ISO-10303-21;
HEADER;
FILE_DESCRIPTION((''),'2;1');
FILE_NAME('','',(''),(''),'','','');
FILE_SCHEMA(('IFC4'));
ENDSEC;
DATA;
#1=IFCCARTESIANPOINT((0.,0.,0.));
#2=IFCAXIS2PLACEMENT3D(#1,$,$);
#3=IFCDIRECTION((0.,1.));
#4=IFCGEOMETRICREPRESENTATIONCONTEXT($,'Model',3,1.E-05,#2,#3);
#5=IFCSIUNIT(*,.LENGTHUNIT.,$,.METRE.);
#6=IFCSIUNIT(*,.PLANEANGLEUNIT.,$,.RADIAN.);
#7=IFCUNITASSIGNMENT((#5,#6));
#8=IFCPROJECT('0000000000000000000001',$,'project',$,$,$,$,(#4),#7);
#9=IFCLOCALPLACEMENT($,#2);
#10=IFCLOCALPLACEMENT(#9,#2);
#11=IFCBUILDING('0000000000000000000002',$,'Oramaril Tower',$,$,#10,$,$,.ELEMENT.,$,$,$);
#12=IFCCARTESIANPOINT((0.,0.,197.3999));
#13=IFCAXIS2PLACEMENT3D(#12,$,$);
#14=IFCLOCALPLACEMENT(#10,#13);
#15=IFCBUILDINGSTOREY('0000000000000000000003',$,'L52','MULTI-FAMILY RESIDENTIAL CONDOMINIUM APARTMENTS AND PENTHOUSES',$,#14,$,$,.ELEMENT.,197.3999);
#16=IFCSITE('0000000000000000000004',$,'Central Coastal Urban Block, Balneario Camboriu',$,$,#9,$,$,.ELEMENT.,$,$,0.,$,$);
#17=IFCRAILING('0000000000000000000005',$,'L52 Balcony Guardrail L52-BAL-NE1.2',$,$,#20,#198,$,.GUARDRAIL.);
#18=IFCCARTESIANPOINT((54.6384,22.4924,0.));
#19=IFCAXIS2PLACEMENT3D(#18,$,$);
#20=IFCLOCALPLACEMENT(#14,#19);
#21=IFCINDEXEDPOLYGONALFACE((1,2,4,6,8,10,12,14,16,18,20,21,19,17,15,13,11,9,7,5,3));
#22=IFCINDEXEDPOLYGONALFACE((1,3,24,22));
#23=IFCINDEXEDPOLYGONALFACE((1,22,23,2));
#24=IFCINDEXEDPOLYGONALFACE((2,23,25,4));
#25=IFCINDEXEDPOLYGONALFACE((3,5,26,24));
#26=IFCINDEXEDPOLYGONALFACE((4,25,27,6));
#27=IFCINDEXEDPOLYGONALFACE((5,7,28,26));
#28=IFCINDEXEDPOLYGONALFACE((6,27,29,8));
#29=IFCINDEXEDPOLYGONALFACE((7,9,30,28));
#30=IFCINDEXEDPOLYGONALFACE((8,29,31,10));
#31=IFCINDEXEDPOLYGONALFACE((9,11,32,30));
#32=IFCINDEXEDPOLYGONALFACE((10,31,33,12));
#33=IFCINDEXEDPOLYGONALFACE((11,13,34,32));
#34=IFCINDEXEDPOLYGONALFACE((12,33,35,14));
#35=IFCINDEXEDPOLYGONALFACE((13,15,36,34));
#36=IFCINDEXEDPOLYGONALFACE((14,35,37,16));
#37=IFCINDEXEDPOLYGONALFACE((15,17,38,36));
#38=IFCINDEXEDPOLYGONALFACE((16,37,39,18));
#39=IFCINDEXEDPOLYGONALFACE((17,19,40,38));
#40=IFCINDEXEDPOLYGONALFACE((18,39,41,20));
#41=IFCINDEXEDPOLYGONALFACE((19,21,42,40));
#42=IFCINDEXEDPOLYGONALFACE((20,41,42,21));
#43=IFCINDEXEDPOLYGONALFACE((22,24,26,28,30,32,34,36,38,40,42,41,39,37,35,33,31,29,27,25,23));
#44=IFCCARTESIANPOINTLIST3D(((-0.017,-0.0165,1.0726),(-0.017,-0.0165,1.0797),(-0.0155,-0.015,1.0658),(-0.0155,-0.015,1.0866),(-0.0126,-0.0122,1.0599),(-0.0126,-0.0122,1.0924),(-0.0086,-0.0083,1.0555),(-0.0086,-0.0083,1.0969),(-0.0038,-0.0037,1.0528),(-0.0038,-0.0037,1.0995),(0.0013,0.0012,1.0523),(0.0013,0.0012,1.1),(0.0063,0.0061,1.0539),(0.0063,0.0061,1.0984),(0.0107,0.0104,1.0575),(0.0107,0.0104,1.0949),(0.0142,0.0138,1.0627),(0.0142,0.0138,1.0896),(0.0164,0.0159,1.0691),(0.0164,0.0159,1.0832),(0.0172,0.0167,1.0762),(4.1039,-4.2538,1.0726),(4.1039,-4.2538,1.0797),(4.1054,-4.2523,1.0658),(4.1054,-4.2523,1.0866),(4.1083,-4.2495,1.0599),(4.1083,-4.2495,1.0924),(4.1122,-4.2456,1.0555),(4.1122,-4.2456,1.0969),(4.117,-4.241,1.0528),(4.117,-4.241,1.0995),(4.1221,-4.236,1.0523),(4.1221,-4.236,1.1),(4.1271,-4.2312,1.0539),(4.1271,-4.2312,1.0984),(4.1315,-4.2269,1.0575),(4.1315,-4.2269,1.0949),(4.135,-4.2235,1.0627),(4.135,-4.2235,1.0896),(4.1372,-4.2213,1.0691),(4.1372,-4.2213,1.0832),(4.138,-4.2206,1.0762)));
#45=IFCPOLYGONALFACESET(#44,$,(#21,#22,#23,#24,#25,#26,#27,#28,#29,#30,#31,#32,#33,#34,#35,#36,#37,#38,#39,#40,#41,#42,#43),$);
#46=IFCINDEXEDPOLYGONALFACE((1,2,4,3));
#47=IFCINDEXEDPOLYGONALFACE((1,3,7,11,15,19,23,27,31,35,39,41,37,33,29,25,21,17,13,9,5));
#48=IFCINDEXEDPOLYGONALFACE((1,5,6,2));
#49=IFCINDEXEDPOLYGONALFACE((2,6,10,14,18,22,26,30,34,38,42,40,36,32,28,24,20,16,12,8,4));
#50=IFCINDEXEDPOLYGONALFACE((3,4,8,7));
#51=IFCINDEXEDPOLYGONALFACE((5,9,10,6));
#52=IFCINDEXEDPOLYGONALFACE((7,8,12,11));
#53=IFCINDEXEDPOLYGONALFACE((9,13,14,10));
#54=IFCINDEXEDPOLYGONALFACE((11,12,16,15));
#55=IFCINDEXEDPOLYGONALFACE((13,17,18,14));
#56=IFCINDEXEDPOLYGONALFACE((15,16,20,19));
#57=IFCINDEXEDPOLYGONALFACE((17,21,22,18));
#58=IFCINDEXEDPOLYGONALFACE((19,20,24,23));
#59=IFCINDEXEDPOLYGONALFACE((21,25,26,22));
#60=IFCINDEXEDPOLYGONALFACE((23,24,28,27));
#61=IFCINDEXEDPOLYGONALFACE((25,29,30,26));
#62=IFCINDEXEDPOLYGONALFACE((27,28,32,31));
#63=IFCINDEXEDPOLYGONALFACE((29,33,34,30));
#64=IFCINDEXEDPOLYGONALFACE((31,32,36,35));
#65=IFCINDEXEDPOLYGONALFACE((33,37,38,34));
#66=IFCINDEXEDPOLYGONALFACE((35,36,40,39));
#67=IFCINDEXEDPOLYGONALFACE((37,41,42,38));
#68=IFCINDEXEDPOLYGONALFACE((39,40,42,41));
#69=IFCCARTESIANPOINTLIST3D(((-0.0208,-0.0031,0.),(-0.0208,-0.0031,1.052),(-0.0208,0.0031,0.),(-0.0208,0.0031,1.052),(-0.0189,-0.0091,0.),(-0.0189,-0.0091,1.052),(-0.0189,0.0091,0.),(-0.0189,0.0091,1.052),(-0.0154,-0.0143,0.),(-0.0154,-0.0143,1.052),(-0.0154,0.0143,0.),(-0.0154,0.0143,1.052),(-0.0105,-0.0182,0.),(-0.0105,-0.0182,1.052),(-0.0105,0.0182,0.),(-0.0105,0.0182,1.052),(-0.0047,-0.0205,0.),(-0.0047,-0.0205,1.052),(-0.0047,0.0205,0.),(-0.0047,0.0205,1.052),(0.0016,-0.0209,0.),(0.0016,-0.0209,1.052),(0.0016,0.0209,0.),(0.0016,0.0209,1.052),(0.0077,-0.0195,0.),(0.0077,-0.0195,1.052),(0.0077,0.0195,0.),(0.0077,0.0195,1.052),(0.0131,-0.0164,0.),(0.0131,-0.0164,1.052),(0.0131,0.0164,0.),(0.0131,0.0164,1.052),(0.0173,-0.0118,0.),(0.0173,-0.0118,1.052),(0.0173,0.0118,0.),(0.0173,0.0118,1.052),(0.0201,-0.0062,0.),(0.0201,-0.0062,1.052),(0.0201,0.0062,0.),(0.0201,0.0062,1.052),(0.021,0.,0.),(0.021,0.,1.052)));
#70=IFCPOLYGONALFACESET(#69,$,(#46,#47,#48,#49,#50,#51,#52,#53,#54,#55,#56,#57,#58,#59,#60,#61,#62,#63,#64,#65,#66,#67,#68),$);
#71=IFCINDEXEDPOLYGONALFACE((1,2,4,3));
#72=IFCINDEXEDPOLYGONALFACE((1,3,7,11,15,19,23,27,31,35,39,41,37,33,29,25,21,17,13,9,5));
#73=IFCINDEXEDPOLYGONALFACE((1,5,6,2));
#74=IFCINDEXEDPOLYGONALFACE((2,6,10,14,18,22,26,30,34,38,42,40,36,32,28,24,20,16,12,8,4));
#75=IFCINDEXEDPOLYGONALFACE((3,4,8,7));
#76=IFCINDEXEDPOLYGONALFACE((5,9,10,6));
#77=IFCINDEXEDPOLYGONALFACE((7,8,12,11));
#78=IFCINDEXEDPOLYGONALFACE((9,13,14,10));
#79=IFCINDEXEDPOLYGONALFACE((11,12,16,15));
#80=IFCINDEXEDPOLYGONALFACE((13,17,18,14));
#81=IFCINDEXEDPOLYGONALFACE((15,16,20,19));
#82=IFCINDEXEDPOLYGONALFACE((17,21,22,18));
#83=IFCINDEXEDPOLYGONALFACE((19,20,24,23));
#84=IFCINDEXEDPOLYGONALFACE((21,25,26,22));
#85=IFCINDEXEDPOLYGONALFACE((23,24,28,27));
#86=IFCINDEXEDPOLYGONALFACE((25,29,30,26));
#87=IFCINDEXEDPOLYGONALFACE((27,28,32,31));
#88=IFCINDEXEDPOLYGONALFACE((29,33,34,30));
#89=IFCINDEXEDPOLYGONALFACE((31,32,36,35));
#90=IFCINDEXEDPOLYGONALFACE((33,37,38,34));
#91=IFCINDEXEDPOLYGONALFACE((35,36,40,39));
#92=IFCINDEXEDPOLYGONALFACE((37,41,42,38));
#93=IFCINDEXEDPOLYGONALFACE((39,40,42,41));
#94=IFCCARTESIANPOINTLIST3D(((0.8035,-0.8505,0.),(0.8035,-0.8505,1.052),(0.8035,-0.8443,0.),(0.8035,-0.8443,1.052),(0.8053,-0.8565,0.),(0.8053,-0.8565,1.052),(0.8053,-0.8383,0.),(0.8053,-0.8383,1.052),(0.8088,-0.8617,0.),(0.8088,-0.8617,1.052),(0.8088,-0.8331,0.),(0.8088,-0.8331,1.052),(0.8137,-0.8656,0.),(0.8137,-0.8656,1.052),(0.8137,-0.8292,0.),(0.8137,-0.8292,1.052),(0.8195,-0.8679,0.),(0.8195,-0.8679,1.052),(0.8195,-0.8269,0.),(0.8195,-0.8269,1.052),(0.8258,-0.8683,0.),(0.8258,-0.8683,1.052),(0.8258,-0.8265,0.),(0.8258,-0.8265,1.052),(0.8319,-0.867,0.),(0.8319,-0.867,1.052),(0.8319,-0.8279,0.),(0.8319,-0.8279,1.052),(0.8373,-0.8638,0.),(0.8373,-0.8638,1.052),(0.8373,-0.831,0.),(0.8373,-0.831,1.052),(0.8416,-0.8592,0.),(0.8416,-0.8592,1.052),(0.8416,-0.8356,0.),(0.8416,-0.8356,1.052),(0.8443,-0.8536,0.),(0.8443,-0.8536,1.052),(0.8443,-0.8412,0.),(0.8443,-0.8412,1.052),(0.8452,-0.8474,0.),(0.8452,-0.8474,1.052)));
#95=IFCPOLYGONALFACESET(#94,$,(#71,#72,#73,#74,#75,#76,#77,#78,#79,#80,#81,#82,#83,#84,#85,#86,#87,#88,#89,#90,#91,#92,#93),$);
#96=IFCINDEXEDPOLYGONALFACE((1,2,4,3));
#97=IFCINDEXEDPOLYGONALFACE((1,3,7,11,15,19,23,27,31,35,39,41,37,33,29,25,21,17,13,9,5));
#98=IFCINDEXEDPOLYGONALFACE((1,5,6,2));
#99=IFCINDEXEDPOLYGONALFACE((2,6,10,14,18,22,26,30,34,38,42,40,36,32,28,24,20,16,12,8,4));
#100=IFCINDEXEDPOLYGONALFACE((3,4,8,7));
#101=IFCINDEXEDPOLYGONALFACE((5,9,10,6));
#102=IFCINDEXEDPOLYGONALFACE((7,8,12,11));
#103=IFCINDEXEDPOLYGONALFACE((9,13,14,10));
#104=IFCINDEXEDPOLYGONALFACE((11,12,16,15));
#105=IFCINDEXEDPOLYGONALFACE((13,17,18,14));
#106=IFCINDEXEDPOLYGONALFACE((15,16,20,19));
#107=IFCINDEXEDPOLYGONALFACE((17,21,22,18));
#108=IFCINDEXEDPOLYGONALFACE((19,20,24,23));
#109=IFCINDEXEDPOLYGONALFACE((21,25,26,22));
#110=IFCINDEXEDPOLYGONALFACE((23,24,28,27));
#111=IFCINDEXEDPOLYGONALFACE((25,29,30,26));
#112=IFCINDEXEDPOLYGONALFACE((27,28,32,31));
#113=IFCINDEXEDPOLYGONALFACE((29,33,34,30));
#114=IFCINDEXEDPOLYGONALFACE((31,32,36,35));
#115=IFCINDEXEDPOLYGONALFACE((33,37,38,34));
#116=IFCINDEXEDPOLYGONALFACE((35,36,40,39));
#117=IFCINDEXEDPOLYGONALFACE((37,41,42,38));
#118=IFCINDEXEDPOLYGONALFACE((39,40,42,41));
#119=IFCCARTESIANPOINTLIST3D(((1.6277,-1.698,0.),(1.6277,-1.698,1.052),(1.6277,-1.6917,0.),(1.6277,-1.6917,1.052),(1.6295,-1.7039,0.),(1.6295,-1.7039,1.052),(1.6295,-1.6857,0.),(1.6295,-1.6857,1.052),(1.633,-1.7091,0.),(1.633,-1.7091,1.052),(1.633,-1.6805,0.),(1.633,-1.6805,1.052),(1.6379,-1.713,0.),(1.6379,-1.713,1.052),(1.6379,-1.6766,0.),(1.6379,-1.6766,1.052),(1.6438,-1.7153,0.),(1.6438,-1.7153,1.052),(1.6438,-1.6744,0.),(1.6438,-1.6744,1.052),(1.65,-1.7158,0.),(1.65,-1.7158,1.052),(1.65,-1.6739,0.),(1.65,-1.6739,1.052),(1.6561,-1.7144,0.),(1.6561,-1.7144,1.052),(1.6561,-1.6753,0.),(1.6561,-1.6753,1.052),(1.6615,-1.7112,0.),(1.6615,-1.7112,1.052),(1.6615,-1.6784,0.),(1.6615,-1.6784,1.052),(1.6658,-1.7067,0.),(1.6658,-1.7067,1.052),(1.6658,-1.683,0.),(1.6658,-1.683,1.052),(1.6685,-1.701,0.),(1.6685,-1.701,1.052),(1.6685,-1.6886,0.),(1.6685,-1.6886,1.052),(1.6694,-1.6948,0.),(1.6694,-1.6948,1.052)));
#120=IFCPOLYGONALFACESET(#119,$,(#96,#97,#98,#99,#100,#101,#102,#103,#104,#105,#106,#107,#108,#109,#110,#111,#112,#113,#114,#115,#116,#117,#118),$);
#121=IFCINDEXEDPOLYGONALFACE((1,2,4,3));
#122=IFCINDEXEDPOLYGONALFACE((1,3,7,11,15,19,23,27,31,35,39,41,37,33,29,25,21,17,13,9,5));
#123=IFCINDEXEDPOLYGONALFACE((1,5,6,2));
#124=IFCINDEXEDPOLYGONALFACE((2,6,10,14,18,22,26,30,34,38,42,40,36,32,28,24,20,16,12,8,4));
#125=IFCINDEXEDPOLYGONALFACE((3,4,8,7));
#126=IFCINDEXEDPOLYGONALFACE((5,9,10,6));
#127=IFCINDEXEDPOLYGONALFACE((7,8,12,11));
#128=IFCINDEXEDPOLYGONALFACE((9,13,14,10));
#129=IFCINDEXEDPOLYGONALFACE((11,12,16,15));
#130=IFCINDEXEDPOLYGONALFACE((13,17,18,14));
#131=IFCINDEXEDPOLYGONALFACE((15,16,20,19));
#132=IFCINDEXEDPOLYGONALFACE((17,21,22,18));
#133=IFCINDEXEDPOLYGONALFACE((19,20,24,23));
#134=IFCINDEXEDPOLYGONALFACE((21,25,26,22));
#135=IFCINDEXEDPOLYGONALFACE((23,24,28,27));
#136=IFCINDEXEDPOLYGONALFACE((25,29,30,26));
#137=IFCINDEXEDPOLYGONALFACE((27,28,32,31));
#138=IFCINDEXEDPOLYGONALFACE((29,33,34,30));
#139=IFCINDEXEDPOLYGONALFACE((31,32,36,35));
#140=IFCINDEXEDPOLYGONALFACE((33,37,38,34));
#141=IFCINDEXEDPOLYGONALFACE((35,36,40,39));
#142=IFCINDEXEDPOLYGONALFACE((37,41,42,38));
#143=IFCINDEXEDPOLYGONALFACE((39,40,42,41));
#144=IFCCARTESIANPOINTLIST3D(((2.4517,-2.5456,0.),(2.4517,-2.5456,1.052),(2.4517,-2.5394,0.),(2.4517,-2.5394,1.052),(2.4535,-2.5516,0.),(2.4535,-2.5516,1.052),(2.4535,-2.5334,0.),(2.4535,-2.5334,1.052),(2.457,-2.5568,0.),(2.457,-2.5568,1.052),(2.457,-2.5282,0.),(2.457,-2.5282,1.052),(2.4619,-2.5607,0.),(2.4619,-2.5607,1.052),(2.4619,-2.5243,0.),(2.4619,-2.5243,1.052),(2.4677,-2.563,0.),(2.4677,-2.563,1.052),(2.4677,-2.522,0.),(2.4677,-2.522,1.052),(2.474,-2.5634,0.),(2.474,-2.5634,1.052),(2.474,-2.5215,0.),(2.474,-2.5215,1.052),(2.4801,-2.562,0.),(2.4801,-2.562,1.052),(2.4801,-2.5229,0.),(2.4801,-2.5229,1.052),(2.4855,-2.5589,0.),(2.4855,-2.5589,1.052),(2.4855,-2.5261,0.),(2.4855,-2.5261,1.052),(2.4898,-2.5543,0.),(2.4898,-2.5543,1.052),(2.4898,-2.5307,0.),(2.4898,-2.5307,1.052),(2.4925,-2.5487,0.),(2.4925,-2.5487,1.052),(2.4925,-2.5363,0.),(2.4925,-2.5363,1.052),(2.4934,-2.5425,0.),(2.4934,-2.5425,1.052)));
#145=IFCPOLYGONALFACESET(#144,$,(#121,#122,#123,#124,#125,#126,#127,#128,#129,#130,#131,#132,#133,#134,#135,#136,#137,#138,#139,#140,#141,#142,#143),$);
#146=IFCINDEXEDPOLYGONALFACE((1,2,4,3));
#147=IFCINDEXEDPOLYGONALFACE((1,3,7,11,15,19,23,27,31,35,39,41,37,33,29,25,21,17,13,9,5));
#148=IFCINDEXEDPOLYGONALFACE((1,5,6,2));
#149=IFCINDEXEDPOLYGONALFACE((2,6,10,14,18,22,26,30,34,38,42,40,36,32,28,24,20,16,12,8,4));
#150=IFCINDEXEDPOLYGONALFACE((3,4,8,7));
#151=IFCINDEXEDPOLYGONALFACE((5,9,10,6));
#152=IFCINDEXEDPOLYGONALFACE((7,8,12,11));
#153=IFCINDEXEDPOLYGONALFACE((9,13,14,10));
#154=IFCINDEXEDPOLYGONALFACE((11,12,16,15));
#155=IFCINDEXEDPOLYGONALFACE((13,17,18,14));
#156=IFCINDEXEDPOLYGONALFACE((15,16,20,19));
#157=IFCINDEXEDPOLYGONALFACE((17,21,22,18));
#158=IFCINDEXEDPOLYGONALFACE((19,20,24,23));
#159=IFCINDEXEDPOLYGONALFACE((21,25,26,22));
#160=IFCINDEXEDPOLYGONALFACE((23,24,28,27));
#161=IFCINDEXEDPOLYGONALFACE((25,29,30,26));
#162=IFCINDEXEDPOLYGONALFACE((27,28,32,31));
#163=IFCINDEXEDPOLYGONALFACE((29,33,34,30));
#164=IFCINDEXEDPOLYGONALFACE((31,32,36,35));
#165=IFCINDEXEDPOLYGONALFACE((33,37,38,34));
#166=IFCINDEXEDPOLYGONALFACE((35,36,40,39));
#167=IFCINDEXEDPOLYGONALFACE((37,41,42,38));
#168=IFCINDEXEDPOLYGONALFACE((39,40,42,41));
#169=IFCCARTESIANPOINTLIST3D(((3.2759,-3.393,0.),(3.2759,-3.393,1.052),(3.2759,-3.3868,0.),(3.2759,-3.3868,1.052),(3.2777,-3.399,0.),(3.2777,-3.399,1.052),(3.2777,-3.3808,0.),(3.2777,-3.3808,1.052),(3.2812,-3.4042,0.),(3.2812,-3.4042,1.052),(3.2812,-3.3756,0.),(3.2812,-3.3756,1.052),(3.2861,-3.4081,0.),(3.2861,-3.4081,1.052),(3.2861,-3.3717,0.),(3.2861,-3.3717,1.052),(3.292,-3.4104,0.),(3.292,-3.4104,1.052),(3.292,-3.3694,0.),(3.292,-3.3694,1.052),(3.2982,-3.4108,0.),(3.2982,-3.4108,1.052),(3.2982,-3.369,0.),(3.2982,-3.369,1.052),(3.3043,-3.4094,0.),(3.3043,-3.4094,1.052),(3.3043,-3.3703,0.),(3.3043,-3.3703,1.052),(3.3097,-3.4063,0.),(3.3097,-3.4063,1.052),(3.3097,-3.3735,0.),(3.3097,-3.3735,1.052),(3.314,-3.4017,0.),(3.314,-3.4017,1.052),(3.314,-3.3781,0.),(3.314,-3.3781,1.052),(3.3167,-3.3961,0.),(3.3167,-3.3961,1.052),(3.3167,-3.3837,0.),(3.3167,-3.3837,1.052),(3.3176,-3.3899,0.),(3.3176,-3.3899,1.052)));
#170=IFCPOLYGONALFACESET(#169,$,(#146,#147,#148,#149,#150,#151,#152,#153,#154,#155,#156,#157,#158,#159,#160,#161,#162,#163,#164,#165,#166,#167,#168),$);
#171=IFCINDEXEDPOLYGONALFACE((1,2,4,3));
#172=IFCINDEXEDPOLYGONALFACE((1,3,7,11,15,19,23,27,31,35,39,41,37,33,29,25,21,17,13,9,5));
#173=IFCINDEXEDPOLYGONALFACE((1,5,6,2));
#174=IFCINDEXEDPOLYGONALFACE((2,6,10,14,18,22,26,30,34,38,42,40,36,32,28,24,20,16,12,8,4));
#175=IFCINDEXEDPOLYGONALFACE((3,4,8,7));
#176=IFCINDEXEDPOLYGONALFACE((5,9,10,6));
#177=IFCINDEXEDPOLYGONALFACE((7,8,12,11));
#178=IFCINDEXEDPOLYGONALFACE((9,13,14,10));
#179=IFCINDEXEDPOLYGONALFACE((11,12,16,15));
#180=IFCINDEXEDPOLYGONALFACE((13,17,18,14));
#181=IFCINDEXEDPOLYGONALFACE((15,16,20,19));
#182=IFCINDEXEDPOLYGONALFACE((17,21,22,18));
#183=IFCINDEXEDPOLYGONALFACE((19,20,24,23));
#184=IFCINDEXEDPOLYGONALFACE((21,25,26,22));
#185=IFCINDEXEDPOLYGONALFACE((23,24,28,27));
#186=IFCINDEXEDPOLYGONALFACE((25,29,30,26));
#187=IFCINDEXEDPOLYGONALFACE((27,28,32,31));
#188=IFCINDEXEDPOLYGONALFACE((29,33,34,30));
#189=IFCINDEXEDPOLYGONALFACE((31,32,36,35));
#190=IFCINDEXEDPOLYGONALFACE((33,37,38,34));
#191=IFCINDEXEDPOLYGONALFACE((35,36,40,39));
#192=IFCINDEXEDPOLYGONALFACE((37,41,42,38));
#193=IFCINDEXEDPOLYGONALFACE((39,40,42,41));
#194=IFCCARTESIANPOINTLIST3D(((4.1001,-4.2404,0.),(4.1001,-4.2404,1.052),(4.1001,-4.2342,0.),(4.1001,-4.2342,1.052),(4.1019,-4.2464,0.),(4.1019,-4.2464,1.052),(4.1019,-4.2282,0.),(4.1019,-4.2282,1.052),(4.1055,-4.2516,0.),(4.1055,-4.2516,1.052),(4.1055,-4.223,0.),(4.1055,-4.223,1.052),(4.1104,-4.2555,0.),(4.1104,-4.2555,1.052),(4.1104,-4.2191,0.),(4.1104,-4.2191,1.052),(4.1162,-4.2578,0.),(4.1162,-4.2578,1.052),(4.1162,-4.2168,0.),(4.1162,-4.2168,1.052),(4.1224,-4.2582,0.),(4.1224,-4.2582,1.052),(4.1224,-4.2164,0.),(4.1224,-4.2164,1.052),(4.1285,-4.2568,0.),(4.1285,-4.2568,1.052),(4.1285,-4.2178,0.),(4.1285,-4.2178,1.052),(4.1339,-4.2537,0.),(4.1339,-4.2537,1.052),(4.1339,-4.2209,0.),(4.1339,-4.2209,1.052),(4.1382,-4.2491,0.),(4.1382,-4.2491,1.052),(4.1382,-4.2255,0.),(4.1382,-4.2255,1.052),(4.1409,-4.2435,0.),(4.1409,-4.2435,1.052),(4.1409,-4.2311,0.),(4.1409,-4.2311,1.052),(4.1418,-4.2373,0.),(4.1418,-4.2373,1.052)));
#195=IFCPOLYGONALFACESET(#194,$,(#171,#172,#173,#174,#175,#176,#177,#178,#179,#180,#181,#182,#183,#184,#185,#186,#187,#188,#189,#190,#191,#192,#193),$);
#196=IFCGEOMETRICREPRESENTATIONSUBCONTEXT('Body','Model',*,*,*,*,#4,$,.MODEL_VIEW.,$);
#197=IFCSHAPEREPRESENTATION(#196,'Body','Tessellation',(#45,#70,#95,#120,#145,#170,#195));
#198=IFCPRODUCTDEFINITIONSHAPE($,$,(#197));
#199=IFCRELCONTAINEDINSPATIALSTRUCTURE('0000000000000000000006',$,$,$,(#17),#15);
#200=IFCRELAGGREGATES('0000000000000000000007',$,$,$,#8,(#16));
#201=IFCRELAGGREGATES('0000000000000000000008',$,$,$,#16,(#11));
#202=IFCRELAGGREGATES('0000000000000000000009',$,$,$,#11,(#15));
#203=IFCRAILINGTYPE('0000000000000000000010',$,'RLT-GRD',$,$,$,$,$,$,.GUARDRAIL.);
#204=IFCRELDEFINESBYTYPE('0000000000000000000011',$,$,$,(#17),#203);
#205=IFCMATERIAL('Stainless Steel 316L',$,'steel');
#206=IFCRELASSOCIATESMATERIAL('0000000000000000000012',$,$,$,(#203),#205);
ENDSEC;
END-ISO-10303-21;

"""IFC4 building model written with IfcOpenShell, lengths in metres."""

from ifc_helpers import new_model, si_unit, direction, frame, origin, origin_2d, place, context, subcontext, project, spatial, circle, extrude, material, type_object, element, save


model = new_model("IFC4")

# Units and contexts
model_context = context("Model", 3, precision=1e-05, world=origin(), true_north=direction((0.0, 1.0)))
body_context = subcontext(model_context, "Body", "Model", "MODEL_VIEW")
ifc_project = project(units=[si_unit("LENGTHUNIT", "METRE"), si_unit("PLANEANGLEUNIT", "RADIAN")], contexts=[model_context])

# Site, building, storey
site_placement = place(None, origin())
site = spatial("IfcSite", under=ifc_project, at=site_placement, Name="Central Coastal Urban Block, Balneario Camboriu", CompositionType="ELEMENT", RefElevation=0.0)
building_placement = place(site_placement, origin())
building = spatial("IfcBuilding", under=site, at=building_placement, Name="Oramaril Tower", CompositionType="ELEMENT")
storey_placement = place(building_placement, frame((0.0, 0.0, 197.3999)))
storey = spatial("IfcBuildingStorey", under=building, at=storey_placement, Name="L52", Description="MULTI-FAMILY RESIDENTIAL CONDOMINIUM APARTMENTS AND PENTHOUSES", CompositionType="ELEMENT", Elevation=197.3999)

# Railing
ifc_material_1 = material(Name="Stainless Steel 316L", Category="steel")
railing_type = type_object("IfcRailingType", Name="RLT-GRD", PredefinedType="GUARDRAIL", material=ifc_material_1)
railing_1_placement = place(storey_placement, frame((54.6384, 22.4924, 0.0)))
element("IfcRailing", 1, at=railing_1_placement, inside=storey, type_object=railing_type, Name="L52 Balcony Guardrail L52-BAL-NE1.2", PredefinedType="GUARDRAIL", context=body_context, shape_type="SweptSolid", body=[
    extrude(circle(Radius=0.0239, at=origin_2d()), frame((0.0, 0.0, 1.0762), z_axis=(0.697187, -0.716889, 0.0), x_axis=(0.716889, 0.697187, 0.0)), (0.0, 0.0, 1.0), 5.9106),
    extrude(circle(Radius=0.021, at=origin_2d()), origin(), (0.0, 0.0, 1.0), 1.052),
    extrude(circle(Radius=0.021, at=origin_2d()), frame((0.8242, -0.8474, 0.0)), (0.0, 0.0, 1.0), 1.052),
    extrude(circle(Radius=0.021, at=origin_2d()), frame((1.6484, -1.6948, 0.0)), (0.0, 0.0, 1.0), 1.052),
    extrude(circle(Radius=0.021, at=origin_2d()), frame((2.4724, -2.5425, 0.0)), (0.0, 0.0, 1.0), 1.052),
    extrude(circle(Radius=0.021, at=origin_2d()), frame((3.2966, -3.3899, 0.0)), (0.0, 0.0, 1.0), 1.052),
    extrude(circle(Radius=0.021, at=origin_2d()), frame((4.1208, -4.2373, 0.0)), (0.0, 0.0, 1.0), 1.052),
])

save(model, "model.ifc")
